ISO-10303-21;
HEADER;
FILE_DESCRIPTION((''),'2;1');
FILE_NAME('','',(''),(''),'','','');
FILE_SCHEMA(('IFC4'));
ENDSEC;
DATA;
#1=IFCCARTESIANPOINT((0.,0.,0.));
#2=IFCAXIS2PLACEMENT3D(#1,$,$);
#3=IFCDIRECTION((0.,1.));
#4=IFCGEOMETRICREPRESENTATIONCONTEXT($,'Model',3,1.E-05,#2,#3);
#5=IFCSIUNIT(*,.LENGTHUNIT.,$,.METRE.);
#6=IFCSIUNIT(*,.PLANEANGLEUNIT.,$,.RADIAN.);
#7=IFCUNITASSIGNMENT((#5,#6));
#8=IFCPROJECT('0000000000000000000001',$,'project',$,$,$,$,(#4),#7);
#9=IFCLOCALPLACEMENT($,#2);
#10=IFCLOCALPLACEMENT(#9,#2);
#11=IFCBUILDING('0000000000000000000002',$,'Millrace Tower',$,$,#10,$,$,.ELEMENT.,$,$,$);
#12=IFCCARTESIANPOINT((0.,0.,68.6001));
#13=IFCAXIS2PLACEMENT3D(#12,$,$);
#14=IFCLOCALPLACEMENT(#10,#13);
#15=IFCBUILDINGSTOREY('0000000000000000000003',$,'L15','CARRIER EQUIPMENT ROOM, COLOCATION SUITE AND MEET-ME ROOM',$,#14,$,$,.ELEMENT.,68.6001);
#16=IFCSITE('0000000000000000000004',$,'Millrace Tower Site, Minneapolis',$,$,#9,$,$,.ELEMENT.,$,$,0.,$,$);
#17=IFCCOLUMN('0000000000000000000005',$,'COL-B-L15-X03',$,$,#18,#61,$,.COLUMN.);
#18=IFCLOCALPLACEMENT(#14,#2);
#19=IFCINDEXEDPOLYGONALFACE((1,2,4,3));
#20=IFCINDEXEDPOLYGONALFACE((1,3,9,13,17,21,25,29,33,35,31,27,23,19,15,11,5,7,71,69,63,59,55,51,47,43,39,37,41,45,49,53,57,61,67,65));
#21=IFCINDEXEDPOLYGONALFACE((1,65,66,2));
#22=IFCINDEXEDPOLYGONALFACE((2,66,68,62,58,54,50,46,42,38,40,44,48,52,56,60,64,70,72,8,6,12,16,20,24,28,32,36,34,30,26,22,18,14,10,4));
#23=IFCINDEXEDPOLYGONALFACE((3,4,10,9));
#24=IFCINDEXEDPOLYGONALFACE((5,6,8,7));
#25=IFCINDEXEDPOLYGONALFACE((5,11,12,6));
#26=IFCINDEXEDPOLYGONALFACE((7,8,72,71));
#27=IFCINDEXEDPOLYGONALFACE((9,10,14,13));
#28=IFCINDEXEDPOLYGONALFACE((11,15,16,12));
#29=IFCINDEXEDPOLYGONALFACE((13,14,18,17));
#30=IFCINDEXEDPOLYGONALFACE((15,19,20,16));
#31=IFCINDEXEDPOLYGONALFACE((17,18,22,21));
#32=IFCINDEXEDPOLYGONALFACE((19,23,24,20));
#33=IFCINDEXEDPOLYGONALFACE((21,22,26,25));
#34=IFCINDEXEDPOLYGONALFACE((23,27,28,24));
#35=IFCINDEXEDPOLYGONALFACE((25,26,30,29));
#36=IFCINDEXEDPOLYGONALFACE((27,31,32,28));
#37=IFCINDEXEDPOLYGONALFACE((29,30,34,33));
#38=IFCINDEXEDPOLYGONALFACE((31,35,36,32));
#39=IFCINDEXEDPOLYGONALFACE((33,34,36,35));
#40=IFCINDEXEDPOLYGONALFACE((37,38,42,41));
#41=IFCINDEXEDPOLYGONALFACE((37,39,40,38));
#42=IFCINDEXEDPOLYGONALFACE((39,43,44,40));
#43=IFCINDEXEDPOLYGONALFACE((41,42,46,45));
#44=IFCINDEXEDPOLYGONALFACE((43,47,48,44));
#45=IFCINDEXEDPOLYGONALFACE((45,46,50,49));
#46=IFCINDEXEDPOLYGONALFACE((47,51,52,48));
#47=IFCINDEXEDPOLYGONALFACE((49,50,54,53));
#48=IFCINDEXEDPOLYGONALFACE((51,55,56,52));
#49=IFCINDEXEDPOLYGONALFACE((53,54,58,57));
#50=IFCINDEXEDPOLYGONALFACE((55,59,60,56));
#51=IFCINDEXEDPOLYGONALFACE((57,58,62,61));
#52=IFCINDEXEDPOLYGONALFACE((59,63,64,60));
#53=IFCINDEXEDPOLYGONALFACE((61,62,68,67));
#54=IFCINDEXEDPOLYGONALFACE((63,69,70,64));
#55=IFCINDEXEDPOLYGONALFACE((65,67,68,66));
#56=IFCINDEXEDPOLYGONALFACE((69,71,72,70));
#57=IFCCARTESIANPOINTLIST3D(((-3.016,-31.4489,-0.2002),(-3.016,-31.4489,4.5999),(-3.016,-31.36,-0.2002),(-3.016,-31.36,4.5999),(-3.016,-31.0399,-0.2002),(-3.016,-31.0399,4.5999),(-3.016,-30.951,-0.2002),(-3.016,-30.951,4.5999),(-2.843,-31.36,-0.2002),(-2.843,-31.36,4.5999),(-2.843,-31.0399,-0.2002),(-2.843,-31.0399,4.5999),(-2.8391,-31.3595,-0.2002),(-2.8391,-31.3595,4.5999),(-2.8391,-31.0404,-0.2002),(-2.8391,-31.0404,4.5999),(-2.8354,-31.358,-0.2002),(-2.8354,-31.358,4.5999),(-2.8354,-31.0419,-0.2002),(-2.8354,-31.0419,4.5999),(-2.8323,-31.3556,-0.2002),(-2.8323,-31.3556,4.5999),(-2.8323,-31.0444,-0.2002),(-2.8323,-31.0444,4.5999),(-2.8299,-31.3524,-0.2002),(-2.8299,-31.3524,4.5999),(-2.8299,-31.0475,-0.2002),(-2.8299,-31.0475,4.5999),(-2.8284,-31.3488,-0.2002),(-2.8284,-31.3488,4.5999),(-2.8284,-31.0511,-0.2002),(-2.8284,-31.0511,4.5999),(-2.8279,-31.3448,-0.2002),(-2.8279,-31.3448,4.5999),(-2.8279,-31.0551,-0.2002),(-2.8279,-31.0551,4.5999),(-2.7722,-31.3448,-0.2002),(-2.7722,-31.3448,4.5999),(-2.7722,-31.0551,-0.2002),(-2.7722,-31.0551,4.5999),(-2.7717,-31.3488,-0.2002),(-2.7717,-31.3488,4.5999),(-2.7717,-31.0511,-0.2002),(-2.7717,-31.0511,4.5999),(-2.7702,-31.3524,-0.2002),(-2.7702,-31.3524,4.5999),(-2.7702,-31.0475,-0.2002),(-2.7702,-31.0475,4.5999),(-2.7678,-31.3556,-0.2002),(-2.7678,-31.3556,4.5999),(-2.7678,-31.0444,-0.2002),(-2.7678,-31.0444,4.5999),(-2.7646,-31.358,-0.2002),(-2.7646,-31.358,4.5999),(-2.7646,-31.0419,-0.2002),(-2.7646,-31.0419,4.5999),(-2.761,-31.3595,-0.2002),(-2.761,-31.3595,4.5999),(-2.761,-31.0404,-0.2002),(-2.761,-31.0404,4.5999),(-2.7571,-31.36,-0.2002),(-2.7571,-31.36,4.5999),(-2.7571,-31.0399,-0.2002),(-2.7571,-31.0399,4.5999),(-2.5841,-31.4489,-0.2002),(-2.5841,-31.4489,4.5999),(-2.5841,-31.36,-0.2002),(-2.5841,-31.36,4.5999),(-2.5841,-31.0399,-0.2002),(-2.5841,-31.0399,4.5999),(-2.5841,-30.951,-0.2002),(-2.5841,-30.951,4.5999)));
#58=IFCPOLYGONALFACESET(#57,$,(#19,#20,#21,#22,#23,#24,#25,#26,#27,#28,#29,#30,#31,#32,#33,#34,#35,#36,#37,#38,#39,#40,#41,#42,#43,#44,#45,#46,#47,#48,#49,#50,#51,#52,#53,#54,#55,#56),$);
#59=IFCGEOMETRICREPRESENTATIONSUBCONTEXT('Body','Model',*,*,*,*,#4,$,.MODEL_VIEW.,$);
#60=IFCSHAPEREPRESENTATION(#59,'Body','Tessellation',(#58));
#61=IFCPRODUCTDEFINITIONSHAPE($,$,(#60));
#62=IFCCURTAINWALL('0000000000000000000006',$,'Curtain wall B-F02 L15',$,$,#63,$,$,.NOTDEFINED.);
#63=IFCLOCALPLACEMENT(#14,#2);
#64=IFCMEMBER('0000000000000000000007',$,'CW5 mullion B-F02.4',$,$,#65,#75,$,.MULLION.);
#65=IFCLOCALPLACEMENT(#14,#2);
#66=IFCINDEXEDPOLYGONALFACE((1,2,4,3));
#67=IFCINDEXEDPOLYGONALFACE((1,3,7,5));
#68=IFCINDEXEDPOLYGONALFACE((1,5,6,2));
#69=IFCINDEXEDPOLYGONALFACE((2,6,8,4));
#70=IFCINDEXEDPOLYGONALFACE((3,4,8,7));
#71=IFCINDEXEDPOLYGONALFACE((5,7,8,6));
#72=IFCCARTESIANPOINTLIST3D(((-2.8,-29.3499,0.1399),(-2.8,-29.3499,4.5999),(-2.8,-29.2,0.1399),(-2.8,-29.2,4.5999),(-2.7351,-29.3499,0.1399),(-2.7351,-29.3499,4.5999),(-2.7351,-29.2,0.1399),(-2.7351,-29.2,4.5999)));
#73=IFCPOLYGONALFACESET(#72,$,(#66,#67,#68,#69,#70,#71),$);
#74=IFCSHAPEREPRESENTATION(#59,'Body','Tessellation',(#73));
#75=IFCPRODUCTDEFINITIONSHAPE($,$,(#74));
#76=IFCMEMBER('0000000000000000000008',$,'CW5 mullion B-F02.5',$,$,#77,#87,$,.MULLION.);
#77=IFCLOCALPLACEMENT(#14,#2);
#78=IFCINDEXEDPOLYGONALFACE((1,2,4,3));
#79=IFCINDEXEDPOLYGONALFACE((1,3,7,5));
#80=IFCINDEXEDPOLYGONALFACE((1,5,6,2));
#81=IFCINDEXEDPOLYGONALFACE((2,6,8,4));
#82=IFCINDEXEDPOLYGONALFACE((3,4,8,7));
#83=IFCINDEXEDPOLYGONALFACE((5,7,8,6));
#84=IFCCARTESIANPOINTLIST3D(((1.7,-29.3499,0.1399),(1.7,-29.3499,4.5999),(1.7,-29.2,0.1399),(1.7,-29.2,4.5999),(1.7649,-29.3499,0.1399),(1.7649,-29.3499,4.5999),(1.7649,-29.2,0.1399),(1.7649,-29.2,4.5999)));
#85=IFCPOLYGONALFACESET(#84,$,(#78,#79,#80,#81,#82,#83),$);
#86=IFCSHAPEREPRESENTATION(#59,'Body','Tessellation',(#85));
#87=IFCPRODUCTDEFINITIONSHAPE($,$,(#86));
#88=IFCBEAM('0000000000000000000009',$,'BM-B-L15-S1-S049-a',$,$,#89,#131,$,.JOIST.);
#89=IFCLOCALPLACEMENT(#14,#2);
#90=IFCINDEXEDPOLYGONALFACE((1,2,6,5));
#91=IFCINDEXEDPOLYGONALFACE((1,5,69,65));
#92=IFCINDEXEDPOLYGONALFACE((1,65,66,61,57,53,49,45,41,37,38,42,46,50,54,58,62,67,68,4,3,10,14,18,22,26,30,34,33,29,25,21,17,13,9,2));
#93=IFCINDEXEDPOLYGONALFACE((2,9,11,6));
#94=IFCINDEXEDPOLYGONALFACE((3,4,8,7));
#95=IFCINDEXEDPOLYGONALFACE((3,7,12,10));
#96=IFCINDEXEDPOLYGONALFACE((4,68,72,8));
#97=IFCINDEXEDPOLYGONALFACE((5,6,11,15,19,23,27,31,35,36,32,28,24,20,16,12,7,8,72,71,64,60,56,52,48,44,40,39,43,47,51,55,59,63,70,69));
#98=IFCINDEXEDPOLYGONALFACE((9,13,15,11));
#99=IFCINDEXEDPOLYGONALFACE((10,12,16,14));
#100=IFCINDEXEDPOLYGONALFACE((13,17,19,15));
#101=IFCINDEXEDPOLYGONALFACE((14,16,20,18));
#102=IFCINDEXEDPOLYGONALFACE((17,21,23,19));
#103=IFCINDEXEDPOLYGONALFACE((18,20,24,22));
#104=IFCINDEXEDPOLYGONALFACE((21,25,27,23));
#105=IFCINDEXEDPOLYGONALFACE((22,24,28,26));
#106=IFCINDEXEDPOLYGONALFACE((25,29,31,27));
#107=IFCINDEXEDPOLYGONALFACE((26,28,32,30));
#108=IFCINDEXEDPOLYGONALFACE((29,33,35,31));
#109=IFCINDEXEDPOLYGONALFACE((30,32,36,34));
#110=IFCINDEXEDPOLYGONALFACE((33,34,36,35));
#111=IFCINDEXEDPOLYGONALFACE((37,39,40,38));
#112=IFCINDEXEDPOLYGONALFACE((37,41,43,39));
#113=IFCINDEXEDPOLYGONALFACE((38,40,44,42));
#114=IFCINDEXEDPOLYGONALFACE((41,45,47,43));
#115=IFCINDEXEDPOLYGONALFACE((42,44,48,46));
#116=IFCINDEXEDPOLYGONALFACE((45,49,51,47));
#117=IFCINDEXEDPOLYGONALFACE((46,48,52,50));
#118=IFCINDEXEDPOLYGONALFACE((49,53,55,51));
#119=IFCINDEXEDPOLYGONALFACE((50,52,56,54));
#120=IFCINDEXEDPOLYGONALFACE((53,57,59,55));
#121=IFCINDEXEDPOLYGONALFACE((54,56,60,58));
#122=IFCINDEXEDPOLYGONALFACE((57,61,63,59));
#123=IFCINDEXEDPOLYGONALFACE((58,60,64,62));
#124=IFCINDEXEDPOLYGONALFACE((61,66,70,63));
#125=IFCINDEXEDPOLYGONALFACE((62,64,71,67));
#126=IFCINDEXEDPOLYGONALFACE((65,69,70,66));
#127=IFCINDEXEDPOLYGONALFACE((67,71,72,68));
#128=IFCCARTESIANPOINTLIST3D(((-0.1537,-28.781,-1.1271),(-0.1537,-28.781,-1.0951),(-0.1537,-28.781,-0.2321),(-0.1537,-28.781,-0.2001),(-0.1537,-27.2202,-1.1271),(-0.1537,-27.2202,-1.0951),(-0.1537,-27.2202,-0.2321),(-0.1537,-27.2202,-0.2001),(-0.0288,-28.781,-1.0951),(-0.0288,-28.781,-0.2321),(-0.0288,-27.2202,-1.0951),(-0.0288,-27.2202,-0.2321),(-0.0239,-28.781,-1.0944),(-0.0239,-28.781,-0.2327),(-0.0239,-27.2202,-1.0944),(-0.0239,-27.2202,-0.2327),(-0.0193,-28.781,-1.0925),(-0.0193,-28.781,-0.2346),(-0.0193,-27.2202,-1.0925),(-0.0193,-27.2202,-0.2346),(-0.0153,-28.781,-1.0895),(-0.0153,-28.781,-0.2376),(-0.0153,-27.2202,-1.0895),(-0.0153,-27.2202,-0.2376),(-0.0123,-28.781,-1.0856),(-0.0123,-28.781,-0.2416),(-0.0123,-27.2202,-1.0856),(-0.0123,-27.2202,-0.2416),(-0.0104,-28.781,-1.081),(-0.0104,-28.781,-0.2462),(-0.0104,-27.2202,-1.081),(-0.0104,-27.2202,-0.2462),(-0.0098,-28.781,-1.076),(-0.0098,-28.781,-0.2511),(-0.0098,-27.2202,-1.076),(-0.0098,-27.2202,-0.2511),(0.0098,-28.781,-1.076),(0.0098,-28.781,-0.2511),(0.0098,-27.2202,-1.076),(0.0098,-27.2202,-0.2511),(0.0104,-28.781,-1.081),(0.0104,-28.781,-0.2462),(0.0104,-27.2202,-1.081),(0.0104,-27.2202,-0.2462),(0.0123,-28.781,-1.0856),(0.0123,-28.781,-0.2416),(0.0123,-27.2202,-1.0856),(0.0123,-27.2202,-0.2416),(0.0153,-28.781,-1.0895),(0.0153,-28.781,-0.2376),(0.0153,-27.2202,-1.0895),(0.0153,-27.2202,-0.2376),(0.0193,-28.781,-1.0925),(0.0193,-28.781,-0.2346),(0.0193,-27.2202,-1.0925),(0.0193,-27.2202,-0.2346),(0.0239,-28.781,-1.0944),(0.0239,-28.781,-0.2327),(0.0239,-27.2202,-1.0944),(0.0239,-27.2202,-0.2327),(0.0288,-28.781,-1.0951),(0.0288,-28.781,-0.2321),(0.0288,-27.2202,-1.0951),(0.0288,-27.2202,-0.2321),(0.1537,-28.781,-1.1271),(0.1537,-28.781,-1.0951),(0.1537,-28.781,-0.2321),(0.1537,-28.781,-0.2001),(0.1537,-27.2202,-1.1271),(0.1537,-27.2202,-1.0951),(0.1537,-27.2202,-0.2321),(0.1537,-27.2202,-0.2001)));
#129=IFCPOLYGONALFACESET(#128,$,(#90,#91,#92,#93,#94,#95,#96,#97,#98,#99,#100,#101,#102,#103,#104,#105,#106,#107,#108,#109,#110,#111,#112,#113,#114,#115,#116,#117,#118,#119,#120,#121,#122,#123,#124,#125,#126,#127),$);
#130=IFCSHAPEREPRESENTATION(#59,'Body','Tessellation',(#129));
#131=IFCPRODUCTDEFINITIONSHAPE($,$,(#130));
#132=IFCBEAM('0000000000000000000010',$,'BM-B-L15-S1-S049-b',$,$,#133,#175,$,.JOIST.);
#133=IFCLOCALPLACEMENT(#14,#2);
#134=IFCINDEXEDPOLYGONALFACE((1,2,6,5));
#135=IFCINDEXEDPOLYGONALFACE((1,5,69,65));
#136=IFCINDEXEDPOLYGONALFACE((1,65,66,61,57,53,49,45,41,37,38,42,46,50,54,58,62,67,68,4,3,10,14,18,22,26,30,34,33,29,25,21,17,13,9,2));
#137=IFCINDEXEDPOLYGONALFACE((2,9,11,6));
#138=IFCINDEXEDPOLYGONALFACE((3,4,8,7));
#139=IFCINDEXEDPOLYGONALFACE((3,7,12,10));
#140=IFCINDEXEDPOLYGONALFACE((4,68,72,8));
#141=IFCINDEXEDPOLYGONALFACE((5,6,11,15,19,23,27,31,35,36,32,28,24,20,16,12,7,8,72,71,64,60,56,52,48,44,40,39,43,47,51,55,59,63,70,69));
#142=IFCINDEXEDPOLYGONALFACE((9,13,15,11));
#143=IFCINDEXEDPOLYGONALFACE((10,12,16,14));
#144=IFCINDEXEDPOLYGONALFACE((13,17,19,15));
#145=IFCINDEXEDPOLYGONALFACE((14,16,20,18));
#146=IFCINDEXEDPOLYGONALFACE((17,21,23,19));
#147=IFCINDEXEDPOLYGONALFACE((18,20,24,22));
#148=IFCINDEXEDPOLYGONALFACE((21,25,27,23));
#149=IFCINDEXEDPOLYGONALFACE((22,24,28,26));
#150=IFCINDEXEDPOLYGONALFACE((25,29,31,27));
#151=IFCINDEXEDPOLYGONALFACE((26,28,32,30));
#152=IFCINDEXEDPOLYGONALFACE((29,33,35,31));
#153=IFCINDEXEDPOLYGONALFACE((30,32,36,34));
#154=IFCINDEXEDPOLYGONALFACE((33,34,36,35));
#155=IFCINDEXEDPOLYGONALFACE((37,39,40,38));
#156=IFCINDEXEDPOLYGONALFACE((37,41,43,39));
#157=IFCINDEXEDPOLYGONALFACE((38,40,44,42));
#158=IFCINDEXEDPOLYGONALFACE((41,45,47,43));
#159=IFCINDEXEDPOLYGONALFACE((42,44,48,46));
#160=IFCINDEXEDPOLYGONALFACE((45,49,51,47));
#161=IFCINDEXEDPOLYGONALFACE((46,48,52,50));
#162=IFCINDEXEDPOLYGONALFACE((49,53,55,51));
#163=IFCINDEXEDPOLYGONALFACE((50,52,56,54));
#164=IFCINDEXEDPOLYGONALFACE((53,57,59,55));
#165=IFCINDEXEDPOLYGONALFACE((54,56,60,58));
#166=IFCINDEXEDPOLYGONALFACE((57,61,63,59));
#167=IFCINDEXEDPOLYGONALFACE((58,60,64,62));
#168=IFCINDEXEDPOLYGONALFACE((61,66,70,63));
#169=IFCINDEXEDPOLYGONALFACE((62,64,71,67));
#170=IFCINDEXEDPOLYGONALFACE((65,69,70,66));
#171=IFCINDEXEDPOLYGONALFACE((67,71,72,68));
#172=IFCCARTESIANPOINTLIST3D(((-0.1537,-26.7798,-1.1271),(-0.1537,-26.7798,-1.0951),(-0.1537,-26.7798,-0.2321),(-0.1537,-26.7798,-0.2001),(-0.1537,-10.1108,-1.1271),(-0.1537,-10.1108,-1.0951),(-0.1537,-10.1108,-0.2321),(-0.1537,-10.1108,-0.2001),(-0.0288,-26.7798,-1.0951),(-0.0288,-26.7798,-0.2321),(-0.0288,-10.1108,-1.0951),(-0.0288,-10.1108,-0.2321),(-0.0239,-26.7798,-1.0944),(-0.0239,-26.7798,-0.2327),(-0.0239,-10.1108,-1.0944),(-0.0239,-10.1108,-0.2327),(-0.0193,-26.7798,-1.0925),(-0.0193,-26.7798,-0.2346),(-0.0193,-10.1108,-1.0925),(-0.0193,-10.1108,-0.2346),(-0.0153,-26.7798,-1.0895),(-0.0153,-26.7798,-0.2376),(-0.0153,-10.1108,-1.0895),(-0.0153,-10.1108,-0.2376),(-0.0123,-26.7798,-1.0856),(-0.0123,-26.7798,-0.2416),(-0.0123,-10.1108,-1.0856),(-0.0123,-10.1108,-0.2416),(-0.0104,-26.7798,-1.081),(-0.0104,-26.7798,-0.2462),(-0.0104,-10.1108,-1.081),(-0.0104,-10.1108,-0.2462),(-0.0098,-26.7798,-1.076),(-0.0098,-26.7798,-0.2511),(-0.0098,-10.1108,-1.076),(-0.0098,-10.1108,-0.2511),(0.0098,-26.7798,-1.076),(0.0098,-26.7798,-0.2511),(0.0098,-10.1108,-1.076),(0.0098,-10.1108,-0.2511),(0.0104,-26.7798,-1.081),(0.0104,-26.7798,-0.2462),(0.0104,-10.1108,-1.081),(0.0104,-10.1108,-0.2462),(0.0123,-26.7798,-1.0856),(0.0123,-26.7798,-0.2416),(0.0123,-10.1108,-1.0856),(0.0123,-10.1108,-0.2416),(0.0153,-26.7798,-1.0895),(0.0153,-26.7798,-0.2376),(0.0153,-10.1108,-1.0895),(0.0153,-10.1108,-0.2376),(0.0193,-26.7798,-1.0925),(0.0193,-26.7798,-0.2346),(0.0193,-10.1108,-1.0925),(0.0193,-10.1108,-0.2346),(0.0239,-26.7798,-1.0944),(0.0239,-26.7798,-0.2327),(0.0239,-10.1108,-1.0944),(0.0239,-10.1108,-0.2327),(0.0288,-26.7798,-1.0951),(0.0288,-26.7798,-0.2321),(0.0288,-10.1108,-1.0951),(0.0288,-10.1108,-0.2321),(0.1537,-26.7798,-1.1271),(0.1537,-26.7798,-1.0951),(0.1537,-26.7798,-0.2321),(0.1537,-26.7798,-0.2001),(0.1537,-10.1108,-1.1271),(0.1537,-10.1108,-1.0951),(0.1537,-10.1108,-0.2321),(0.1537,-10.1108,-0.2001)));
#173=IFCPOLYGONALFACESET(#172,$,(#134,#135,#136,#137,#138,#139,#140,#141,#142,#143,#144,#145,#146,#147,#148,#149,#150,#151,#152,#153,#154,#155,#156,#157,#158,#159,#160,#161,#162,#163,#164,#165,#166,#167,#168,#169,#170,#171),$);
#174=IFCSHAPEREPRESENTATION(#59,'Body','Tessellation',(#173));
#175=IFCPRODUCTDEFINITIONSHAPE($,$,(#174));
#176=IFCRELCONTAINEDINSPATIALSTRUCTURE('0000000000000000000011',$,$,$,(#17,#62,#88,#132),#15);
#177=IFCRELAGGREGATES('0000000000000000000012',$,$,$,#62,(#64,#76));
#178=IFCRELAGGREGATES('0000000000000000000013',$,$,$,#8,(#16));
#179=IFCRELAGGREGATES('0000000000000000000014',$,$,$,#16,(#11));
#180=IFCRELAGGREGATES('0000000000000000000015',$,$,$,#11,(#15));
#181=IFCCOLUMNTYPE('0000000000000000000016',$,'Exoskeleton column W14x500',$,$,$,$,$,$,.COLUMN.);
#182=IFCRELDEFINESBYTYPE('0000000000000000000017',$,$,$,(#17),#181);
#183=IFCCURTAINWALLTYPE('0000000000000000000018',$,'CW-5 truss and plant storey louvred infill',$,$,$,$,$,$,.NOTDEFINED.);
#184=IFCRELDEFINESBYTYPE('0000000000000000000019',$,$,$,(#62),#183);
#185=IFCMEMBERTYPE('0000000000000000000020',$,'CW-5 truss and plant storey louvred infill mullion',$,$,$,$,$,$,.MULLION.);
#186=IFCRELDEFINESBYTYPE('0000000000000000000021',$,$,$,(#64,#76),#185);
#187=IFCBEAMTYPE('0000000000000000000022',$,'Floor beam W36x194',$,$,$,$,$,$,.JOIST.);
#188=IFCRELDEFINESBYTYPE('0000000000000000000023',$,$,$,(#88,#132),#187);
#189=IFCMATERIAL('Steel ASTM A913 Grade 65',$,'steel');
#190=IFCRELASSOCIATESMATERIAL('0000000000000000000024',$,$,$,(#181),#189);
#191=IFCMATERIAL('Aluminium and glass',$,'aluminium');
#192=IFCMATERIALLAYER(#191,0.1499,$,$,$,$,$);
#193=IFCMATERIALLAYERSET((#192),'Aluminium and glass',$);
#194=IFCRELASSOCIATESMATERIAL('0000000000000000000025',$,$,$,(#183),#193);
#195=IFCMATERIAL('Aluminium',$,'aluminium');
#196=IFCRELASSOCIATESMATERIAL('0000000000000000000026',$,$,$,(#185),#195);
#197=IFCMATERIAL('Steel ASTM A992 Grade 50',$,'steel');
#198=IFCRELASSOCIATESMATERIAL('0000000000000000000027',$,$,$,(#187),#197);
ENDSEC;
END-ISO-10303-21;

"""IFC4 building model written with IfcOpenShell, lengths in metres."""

from ifc_helpers import new_model, si_unit, direction, frame, origin, origin_2d, place, context, subcontext, project, spatial, rectangle, i_section, extrude, material, layer, layer_set, material_profile, profile_set, type_object, element, aggregate, save


model = new_model("IFC4")

# Units and contexts
model_context = context("Model", 3, precision=1e-05, world=origin(), true_north=direction((0.0, 1.0)))
body_context = subcontext(model_context, "Body", "Model", "MODEL_VIEW")
ifc_project = project(units=[si_unit("LENGTHUNIT", "METRE"), si_unit("PLANEANGLEUNIT", "RADIAN")], contexts=[model_context])

# Site, building, storey
site_placement = place(None, origin())
site = spatial("IfcSite", under=ifc_project, at=site_placement, Name="Millrace Tower Site, Minneapolis", CompositionType="ELEMENT", RefElevation=0.0)
building_placement = place(site_placement, origin())
building = spatial("IfcBuilding", under=site, at=building_placement, Name="Millrace Tower", CompositionType="ELEMENT")
storey_placement = place(building_placement, frame((0.0, 0.0, 68.6001)))
storey = spatial("IfcBuildingStorey", under=building, at=storey_placement, Name="L15", Description="CARRIER EQUIPMENT ROOM, COLOCATION SUITE AND MEET-ME ROOM", CompositionType="ELEMENT", Elevation=68.6001)

# Column
ifc_material_1 = material(Name="Steel ASTM A913 Grade 65", Category="steel")
ifc_material_profile_1 = material_profile(ifc_material_1, i_section(OverallWidth=0.4319, OverallDepth=0.4978, WebThickness=0.0557, FlangeThickness=0.0889, FilletRadius=0.0151, at=origin_2d()))
ifc_profile_set_1 = profile_set([ifc_material_profile_1], Name="Steel ASTM A913 Grade 65")
column_type = type_object("IfcColumnType", Name="Exoskeleton column W14x500", PredefinedType="COLUMN", material=ifc_profile_set_1)
column_placement = place(storey_placement, frame((-2.8, -31.2, -0.2002), z_axis=(0.0, 0.0, 1.0), x_axis=(1.0, 0.0, 0.0)))
element("IfcColumn", 1, at=column_placement, inside=storey, type_object=column_type, Name="COL-B-L15-X03", PredefinedType="COLUMN", context=body_context, shape_type="SweptSolid", body=[
    extrude(i_section(OverallWidth=0.4319, OverallDepth=0.4978, WebThickness=0.0557, FlangeThickness=0.0889, FilletRadius=0.0151, at=origin_2d()), origin(), (0.0, 0.0, 1.0), 4.8),
])

# Curtain wall, members
ifc_material_2 = material(Name="Aluminium and glass", Category="aluminium")
ifc_layer_1 = layer(ifc_material_2, 0.1499)
ifc_layer_set_1 = layer_set([ifc_layer_1], Name="Aluminium and glass")
curtain_wall_type = type_object("IfcCurtainWallType", Name="CW-5 truss and plant storey louvred infill", PredefinedType="NOTDEFINED", material=ifc_layer_set_1)
curtain_wall_placement = place(storey_placement, origin())
curtain_wall = element("IfcCurtainWall", 2, at=curtain_wall_placement, inside=storey, type_object=curtain_wall_type, Name="Curtain wall B-F02 L15", PredefinedType="NOTDEFINED")
ifc_material_3 = material(Name="Aluminium", Category="aluminium")
ifc_material_profile_2 = material_profile(ifc_material_3, rectangle(XDim=0.0649, YDim=0.1499, at=origin_2d()))
ifc_profile_set_2 = profile_set([ifc_material_profile_2], Name="Aluminium")
member_type_1 = type_object("IfcMemberType", Name="CW-5 truss and plant storey louvred infill mullion", PredefinedType="MULLION", material=ifc_profile_set_2)
member_1_placement = place(storey_placement, frame((-2.7676, -29.2749, 0.1399), z_axis=(0.0, 0.0, 1.0), x_axis=(1.0, 0.0, 0.0)))
member_1 = element("IfcMember", 3, at=member_1_placement, type_object=member_type_1, Name="CW5 mullion B-F02.4", PredefinedType="MULLION", context=body_context, shape_type="SweptSolid", body=[
    extrude(rectangle(XDim=0.0649, YDim=0.1499, at=origin_2d()), origin(), (0.0, 0.0, 1.0), 4.46),
])
member_2_placement = place(storey_placement, frame((1.7324, -29.2749, 0.1399), z_axis=(0.0, 0.0, 1.0), x_axis=(1.0, 0.0, 0.0)))
member_2 = element("IfcMember", 4, at=member_2_placement, type_object=member_type_1, Name="CW5 mullion B-F02.5", PredefinedType="MULLION", context=body_context, shape_type="SweptSolid", body=[
    extrude(rectangle(XDim=0.0649, YDim=0.1499, at=origin_2d()), origin(), (0.0, 0.0, 1.0), 4.46),
])
aggregate(curtain_wall, [member_1, member_2])

# Beams
ifc_material_4 = material(Name="Steel ASTM A992 Grade 50", Category="steel")
ifc_material_profile_3 = material_profile(ifc_material_4, i_section(OverallWidth=0.3074, OverallDepth=0.927, WebThickness=0.0195, FlangeThickness=0.032, FilletRadius=0.019, at=origin_2d()))
ifc_profile_set_3 = profile_set([ifc_material_profile_3], Name="Steel ASTM A992 Grade 50")
beam_type_1 = type_object("IfcBeamType", Name="Floor beam W36x194", PredefinedType="JOIST", material=ifc_profile_set_3)
beam_1_placement = place(storey_placement, frame((0.0, -28.781, -0.6636), z_axis=(0.0, 1.0, 0.0), x_axis=(-1.0, 0.0, 0.0)))
element("IfcBeam", 5, at=beam_1_placement, inside=storey, type_object=beam_type_1, Name="BM-B-L15-S1-S049-a", PredefinedType="JOIST", context=body_context, shape_type="SweptSolid", body=[
    extrude(i_section(OverallWidth=0.3074, OverallDepth=0.927, WebThickness=0.0195, FlangeThickness=0.032, FilletRadius=0.019, at=origin_2d()), origin(), (0.0, 0.0, 1.0), 1.5608),
])
beam_2_placement = place(storey_placement, frame((0.0, -26.7798, -0.6636), z_axis=(0.0, 1.0, 0.0), x_axis=(-1.0, 0.0, 0.0)))
element("IfcBeam", 6, at=beam_2_placement, inside=storey, type_object=beam_type_1, Name="BM-B-L15-S1-S049-b", PredefinedType="JOIST", context=body_context, shape_type="SweptSolid", body=[
    extrude(i_section(OverallWidth=0.3074, OverallDepth=0.927, WebThickness=0.0195, FlangeThickness=0.032, FilletRadius=0.019, at=origin_2d()), origin(), (0.0, 0.0, 1.0), 16.6689),
])

save(model, "model.ifc")
